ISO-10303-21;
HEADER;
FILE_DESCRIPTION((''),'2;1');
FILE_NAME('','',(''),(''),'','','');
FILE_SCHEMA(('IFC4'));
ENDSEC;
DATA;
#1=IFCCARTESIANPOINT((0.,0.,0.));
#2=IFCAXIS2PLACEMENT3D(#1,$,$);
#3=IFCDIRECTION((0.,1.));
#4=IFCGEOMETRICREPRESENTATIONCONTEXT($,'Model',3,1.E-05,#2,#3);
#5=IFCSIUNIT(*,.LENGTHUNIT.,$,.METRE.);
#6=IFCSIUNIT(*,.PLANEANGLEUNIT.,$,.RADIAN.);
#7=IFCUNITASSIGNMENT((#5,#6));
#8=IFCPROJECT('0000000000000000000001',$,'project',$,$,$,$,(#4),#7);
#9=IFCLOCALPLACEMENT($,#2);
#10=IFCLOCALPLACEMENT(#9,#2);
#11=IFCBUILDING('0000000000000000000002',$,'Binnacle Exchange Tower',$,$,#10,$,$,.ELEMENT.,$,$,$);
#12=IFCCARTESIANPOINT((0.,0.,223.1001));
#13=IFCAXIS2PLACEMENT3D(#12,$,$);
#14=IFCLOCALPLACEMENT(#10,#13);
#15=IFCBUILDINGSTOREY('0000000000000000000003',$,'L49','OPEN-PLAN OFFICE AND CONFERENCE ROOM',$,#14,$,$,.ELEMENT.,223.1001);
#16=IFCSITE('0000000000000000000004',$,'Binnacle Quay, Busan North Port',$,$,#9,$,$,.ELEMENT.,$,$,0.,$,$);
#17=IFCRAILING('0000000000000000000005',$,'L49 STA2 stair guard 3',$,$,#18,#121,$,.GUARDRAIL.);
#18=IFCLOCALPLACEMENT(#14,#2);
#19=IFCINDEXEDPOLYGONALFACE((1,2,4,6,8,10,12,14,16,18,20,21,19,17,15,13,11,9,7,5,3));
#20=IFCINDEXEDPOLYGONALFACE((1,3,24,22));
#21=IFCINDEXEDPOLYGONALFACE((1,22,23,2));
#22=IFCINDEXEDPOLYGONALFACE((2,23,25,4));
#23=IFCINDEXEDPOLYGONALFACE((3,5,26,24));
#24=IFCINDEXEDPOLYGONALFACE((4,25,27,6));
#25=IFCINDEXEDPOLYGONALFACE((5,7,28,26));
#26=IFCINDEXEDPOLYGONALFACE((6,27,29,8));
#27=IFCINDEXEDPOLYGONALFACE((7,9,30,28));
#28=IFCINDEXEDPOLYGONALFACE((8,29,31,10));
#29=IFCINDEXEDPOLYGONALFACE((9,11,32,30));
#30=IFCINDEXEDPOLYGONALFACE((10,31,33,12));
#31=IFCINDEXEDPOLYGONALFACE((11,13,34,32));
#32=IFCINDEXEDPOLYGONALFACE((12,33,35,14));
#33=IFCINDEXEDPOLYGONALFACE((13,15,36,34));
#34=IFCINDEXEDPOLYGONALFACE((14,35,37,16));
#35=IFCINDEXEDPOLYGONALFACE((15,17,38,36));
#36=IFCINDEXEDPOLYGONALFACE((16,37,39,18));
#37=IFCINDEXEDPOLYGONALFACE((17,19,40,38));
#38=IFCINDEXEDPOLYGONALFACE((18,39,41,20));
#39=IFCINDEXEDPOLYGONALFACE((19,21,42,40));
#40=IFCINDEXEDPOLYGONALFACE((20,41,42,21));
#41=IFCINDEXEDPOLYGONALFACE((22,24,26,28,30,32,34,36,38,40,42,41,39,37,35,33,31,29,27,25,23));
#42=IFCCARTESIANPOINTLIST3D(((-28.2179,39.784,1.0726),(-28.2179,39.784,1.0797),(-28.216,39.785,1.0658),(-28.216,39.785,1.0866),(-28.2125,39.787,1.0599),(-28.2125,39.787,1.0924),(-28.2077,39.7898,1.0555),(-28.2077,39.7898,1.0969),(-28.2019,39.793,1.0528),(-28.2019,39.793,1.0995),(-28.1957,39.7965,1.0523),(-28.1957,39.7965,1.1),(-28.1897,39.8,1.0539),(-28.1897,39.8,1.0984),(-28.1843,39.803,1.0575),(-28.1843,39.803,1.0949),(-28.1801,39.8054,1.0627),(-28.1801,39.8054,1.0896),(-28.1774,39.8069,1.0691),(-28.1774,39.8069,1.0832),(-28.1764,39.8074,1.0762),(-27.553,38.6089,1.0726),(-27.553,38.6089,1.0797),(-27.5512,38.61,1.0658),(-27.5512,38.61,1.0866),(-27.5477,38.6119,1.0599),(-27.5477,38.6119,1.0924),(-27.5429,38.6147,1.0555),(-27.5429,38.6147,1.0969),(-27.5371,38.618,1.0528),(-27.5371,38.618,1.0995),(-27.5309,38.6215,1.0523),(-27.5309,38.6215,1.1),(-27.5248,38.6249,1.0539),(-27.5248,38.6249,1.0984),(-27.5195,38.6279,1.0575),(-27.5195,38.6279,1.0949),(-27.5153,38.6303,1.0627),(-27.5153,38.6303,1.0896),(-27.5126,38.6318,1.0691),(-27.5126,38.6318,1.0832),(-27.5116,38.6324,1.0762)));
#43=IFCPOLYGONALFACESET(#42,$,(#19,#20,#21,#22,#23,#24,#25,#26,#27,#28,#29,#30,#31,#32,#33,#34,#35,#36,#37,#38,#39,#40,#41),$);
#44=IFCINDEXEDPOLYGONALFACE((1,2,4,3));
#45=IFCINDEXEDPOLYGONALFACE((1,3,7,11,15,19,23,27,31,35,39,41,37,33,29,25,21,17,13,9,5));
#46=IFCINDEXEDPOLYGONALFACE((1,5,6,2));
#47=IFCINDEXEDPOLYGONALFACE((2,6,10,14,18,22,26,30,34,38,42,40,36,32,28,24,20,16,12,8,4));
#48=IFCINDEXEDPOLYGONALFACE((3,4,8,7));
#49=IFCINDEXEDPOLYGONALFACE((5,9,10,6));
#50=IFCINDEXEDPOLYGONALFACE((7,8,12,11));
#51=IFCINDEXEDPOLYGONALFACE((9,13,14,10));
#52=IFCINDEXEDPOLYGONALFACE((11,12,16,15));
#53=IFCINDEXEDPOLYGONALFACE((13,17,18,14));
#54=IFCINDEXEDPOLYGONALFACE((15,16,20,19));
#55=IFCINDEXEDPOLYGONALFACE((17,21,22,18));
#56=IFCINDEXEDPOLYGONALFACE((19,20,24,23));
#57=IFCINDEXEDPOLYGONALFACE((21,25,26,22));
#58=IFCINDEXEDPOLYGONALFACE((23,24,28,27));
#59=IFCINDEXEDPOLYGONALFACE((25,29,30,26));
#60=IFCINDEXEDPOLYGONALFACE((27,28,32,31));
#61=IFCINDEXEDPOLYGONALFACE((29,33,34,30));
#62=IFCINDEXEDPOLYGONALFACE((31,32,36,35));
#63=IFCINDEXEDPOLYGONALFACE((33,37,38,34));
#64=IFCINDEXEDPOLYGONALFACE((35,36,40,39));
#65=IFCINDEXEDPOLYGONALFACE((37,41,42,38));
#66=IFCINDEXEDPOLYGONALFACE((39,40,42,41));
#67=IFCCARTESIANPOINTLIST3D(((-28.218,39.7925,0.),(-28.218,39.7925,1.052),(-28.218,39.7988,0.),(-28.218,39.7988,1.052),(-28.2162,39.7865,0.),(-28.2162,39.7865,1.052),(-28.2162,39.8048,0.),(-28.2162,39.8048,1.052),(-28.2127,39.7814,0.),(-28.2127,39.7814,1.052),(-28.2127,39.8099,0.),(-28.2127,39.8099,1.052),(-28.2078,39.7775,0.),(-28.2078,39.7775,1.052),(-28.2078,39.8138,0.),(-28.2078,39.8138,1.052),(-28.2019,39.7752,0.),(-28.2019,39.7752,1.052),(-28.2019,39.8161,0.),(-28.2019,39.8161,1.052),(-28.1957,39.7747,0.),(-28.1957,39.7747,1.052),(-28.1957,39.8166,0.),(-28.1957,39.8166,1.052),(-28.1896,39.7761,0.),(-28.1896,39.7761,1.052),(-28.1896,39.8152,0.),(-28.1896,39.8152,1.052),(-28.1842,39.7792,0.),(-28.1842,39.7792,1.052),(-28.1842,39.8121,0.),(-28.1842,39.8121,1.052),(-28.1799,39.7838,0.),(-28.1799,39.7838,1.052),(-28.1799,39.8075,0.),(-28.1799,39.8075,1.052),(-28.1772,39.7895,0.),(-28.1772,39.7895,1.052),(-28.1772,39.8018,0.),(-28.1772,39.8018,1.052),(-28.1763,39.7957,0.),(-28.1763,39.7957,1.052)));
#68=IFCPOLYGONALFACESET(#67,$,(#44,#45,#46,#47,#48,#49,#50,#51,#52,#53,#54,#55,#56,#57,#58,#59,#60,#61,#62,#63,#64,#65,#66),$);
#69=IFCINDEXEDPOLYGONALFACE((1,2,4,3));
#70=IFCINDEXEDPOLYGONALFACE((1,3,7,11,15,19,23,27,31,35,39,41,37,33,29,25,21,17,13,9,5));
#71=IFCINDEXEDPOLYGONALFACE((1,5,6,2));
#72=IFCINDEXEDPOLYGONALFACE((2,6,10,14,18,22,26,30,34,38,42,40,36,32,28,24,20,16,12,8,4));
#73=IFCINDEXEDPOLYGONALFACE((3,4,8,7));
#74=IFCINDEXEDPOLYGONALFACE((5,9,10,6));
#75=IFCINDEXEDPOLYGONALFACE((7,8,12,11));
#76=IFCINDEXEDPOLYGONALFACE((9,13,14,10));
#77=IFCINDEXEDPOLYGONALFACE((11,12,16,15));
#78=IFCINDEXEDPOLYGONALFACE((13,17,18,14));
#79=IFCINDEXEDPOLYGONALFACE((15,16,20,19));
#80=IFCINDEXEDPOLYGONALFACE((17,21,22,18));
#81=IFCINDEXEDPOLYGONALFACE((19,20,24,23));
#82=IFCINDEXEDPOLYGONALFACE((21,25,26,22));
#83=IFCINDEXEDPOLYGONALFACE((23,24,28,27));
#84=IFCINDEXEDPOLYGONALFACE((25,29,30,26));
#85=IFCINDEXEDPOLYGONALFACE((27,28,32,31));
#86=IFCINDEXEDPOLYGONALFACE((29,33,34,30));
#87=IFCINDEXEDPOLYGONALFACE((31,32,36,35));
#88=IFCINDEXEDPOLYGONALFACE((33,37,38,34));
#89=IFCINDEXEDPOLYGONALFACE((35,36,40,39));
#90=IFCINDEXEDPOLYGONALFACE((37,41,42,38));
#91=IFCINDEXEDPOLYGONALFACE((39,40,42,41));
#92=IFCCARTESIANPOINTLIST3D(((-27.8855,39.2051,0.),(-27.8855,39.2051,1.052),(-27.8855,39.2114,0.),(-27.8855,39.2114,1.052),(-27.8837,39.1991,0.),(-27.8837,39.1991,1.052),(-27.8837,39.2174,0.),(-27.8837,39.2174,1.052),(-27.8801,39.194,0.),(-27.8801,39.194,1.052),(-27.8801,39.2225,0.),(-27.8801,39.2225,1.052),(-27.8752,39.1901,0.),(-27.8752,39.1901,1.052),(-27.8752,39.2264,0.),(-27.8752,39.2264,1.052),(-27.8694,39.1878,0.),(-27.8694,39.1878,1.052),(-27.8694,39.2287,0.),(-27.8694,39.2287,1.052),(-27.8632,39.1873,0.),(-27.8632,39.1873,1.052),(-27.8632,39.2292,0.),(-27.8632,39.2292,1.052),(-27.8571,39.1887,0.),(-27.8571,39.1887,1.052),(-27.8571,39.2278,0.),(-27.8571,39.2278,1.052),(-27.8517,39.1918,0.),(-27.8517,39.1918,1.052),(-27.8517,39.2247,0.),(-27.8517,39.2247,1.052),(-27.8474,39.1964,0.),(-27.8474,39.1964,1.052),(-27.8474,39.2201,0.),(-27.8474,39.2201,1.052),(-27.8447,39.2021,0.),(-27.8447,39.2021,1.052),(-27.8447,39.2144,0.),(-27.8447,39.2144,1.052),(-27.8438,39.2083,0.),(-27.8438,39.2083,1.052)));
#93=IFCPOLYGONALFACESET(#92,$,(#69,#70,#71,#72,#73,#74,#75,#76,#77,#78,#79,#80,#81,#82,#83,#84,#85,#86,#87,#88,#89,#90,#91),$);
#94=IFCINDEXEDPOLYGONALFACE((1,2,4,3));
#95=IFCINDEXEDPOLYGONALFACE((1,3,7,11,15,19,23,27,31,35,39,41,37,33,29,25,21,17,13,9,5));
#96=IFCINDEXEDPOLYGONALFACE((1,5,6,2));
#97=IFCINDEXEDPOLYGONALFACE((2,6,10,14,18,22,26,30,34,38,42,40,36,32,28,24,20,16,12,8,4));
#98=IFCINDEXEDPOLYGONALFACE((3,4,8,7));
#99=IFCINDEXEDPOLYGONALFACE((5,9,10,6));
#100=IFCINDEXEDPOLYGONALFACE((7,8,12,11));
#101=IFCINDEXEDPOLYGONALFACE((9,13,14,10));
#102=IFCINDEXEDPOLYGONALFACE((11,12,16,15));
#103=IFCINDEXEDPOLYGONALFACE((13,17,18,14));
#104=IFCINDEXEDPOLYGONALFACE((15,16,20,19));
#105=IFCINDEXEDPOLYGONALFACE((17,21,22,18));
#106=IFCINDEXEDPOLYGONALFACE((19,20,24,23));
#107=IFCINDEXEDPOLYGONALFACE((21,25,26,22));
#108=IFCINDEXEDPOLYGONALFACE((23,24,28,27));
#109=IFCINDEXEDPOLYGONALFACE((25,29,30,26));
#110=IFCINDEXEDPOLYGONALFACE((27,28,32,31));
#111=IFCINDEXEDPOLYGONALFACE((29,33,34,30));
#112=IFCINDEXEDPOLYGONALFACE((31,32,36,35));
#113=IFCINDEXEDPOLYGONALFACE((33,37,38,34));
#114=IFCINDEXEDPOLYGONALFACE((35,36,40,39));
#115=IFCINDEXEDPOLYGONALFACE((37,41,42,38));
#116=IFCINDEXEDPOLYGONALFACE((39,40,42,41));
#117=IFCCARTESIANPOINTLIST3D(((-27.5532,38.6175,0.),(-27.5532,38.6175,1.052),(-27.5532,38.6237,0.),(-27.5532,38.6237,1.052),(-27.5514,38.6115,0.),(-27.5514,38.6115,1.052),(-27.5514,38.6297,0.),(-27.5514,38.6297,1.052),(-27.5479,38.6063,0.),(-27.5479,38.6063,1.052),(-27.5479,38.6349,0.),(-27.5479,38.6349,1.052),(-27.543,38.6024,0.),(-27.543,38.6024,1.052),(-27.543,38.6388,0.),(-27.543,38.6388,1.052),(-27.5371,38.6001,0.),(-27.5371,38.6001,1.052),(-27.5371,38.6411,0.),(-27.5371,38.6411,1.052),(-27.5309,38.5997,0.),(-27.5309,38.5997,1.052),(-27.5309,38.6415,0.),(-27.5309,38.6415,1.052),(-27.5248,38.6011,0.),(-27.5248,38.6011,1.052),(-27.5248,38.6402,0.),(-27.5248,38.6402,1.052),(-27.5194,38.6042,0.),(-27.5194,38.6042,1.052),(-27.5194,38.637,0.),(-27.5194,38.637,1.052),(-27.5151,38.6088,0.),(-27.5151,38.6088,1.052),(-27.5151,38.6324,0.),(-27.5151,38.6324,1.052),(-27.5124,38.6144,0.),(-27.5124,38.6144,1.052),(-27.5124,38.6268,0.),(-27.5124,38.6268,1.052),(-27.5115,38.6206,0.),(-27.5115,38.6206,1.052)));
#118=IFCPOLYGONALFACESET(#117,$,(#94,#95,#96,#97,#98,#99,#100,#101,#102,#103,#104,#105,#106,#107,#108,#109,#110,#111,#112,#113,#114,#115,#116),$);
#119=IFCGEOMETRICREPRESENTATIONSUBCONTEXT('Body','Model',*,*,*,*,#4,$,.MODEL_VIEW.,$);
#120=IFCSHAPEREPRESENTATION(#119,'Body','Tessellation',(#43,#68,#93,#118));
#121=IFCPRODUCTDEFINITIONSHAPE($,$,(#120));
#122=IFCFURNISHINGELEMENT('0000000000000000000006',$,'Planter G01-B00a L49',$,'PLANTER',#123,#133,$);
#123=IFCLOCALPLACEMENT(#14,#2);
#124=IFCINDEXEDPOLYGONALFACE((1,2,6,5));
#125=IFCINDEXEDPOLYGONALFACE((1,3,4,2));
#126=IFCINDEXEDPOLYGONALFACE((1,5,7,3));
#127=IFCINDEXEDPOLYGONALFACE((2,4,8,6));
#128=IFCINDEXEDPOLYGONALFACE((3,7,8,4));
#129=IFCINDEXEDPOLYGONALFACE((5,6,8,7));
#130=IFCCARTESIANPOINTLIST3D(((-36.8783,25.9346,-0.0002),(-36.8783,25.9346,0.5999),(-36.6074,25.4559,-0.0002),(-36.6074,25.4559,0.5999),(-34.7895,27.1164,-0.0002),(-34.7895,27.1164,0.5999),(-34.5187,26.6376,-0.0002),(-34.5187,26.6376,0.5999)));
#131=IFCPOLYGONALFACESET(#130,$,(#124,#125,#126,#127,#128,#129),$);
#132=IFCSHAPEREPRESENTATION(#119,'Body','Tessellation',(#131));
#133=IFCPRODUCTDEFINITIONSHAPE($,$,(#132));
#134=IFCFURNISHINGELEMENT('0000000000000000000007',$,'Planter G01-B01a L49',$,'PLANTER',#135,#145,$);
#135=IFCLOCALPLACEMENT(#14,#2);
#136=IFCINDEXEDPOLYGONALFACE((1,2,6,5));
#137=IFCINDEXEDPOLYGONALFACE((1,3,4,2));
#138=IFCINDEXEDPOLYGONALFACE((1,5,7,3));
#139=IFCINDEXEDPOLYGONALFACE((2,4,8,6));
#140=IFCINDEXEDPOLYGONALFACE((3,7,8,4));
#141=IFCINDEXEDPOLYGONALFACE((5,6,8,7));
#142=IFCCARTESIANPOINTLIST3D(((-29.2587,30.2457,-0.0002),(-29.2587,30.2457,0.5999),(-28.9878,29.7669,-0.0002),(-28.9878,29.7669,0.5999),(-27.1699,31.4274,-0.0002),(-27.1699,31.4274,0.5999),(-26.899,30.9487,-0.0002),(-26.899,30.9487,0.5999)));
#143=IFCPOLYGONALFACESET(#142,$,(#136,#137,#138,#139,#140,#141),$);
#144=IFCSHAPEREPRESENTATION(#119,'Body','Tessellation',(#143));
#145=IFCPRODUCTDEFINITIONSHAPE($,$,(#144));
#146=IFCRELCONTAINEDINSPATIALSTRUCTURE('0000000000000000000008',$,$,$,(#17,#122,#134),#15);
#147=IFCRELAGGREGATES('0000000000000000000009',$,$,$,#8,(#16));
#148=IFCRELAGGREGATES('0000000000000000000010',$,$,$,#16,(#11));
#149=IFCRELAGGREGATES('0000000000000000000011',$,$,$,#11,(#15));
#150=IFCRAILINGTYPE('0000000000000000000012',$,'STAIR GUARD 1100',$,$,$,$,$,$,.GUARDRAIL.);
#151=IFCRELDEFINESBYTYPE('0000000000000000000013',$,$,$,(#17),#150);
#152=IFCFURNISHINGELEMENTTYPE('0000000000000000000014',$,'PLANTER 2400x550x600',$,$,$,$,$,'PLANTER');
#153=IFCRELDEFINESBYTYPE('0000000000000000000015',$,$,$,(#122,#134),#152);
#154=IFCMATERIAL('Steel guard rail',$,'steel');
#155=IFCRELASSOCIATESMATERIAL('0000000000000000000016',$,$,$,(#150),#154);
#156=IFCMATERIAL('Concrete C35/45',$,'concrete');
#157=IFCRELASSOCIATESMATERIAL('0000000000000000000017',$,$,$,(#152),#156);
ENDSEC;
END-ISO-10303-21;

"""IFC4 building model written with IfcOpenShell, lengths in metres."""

from ifc_helpers import new_model, si_unit, direction, frame, origin, origin_2d, place, context, subcontext, project, spatial, rectangle, circle, extrude, material, type_object, element, save


model = new_model("IFC4")

# Units and contexts
model_context = context("Model", 3, precision=1e-05, world=origin(), true_north=direction((0.0, 1.0)))
body_context = subcontext(model_context, "Body", "Model", "MODEL_VIEW")
ifc_project = project(units=[si_unit("LENGTHUNIT", "METRE"), si_unit("PLANEANGLEUNIT", "RADIAN")], contexts=[model_context])

# Site, building, storey
site_placement = place(None, origin())
site = spatial("IfcSite", under=ifc_project, at=site_placement, Name="Binnacle Quay, Busan North Port", CompositionType="ELEMENT", RefElevation=0.0)
building_placement = place(site_placement, origin())
building = spatial("IfcBuilding", under=site, at=building_placement, Name="Binnacle Exchange Tower", CompositionType="ELEMENT")
storey_placement = place(building_placement, frame((0.0, 0.0, 223.1001)))
storey = spatial("IfcBuildingStorey", under=building, at=storey_placement, Name="L49", Description="OPEN-PLAN OFFICE AND CONFERENCE ROOM", CompositionType="ELEMENT", Elevation=223.1001)

# Shared definitions
ifc_material_1 = material(Name="Concrete C35/45", Category="concrete")

# Railing
ifc_material_2 = material(Name="Steel guard rail", Category="steel")
railing_type_1 = type_object("IfcRailingType", Name="STAIR GUARD 1100", PredefinedType="GUARDRAIL", material=ifc_material_2)
railing_1_placement = place(storey_placement, frame((-28.1973, 39.7957, 0.0)))
element("IfcRailing", 1, at=railing_1_placement, inside=storey, type_object=railing_type_1, Name="L49 STA2 stair guard 3", PredefinedType="GUARDRAIL", context=body_context, shape_type="SweptSolid", body=[
    extrude(circle(Radius=0.0239, at=origin_2d()), frame((0.0, 0.0, 1.0762), z_axis=(0.492415, -0.870361, 0.0), x_axis=(0.870361, 0.492415, 0.0)), (0.0, 0.0, 1.0), 1.3501),
    extrude(circle(Radius=0.021, at=origin_2d()), origin(), (0.0, 0.0, 1.0), 1.052),
    extrude(circle(Radius=0.021, at=origin_2d()), frame((0.3325, -0.5874, 0.0)), (0.0, 0.0, 1.0), 1.052),
    extrude(circle(Radius=0.021, at=origin_2d()), frame((0.6648, -1.175, 0.0)), (0.0, 0.0, 1.0), 1.052),
])

# Furnishing elements
furnishing_element_type = type_object("IfcFurnishingElementType", Name="PLANTER 2400x550x600", ElementType="PLANTER", material=ifc_material_1)
for number, where, z_axis, x_axis, name in (
    (2, (-35.6985, 26.2861, -0.0002), (0.0, 0.0, 1.0), (0.870356, 0.492424, 0.0), "Planter G01-B00a L49"),
    (3, (-28.0789, 30.5972, -0.0002), (0.0, 0.0, 1.0), (0.870356, 0.492424, 0.0), "Planter G01-B01a L49"),
):
    element("IfcFurnishingElement", number, at=place(storey_placement, frame(where, z_axis=z_axis, x_axis=x_axis)), inside=storey, type_object=furnishing_element_type, Name=name, ObjectType="PLANTER", context=body_context, shape_type="SweptSolid", body=[
        extrude(rectangle(XDim=2.3999, YDim=0.55, at=origin_2d()), origin(), (0.0, 0.0, 1.0), 0.6001),
    ])

save(model, "model.ifc")
